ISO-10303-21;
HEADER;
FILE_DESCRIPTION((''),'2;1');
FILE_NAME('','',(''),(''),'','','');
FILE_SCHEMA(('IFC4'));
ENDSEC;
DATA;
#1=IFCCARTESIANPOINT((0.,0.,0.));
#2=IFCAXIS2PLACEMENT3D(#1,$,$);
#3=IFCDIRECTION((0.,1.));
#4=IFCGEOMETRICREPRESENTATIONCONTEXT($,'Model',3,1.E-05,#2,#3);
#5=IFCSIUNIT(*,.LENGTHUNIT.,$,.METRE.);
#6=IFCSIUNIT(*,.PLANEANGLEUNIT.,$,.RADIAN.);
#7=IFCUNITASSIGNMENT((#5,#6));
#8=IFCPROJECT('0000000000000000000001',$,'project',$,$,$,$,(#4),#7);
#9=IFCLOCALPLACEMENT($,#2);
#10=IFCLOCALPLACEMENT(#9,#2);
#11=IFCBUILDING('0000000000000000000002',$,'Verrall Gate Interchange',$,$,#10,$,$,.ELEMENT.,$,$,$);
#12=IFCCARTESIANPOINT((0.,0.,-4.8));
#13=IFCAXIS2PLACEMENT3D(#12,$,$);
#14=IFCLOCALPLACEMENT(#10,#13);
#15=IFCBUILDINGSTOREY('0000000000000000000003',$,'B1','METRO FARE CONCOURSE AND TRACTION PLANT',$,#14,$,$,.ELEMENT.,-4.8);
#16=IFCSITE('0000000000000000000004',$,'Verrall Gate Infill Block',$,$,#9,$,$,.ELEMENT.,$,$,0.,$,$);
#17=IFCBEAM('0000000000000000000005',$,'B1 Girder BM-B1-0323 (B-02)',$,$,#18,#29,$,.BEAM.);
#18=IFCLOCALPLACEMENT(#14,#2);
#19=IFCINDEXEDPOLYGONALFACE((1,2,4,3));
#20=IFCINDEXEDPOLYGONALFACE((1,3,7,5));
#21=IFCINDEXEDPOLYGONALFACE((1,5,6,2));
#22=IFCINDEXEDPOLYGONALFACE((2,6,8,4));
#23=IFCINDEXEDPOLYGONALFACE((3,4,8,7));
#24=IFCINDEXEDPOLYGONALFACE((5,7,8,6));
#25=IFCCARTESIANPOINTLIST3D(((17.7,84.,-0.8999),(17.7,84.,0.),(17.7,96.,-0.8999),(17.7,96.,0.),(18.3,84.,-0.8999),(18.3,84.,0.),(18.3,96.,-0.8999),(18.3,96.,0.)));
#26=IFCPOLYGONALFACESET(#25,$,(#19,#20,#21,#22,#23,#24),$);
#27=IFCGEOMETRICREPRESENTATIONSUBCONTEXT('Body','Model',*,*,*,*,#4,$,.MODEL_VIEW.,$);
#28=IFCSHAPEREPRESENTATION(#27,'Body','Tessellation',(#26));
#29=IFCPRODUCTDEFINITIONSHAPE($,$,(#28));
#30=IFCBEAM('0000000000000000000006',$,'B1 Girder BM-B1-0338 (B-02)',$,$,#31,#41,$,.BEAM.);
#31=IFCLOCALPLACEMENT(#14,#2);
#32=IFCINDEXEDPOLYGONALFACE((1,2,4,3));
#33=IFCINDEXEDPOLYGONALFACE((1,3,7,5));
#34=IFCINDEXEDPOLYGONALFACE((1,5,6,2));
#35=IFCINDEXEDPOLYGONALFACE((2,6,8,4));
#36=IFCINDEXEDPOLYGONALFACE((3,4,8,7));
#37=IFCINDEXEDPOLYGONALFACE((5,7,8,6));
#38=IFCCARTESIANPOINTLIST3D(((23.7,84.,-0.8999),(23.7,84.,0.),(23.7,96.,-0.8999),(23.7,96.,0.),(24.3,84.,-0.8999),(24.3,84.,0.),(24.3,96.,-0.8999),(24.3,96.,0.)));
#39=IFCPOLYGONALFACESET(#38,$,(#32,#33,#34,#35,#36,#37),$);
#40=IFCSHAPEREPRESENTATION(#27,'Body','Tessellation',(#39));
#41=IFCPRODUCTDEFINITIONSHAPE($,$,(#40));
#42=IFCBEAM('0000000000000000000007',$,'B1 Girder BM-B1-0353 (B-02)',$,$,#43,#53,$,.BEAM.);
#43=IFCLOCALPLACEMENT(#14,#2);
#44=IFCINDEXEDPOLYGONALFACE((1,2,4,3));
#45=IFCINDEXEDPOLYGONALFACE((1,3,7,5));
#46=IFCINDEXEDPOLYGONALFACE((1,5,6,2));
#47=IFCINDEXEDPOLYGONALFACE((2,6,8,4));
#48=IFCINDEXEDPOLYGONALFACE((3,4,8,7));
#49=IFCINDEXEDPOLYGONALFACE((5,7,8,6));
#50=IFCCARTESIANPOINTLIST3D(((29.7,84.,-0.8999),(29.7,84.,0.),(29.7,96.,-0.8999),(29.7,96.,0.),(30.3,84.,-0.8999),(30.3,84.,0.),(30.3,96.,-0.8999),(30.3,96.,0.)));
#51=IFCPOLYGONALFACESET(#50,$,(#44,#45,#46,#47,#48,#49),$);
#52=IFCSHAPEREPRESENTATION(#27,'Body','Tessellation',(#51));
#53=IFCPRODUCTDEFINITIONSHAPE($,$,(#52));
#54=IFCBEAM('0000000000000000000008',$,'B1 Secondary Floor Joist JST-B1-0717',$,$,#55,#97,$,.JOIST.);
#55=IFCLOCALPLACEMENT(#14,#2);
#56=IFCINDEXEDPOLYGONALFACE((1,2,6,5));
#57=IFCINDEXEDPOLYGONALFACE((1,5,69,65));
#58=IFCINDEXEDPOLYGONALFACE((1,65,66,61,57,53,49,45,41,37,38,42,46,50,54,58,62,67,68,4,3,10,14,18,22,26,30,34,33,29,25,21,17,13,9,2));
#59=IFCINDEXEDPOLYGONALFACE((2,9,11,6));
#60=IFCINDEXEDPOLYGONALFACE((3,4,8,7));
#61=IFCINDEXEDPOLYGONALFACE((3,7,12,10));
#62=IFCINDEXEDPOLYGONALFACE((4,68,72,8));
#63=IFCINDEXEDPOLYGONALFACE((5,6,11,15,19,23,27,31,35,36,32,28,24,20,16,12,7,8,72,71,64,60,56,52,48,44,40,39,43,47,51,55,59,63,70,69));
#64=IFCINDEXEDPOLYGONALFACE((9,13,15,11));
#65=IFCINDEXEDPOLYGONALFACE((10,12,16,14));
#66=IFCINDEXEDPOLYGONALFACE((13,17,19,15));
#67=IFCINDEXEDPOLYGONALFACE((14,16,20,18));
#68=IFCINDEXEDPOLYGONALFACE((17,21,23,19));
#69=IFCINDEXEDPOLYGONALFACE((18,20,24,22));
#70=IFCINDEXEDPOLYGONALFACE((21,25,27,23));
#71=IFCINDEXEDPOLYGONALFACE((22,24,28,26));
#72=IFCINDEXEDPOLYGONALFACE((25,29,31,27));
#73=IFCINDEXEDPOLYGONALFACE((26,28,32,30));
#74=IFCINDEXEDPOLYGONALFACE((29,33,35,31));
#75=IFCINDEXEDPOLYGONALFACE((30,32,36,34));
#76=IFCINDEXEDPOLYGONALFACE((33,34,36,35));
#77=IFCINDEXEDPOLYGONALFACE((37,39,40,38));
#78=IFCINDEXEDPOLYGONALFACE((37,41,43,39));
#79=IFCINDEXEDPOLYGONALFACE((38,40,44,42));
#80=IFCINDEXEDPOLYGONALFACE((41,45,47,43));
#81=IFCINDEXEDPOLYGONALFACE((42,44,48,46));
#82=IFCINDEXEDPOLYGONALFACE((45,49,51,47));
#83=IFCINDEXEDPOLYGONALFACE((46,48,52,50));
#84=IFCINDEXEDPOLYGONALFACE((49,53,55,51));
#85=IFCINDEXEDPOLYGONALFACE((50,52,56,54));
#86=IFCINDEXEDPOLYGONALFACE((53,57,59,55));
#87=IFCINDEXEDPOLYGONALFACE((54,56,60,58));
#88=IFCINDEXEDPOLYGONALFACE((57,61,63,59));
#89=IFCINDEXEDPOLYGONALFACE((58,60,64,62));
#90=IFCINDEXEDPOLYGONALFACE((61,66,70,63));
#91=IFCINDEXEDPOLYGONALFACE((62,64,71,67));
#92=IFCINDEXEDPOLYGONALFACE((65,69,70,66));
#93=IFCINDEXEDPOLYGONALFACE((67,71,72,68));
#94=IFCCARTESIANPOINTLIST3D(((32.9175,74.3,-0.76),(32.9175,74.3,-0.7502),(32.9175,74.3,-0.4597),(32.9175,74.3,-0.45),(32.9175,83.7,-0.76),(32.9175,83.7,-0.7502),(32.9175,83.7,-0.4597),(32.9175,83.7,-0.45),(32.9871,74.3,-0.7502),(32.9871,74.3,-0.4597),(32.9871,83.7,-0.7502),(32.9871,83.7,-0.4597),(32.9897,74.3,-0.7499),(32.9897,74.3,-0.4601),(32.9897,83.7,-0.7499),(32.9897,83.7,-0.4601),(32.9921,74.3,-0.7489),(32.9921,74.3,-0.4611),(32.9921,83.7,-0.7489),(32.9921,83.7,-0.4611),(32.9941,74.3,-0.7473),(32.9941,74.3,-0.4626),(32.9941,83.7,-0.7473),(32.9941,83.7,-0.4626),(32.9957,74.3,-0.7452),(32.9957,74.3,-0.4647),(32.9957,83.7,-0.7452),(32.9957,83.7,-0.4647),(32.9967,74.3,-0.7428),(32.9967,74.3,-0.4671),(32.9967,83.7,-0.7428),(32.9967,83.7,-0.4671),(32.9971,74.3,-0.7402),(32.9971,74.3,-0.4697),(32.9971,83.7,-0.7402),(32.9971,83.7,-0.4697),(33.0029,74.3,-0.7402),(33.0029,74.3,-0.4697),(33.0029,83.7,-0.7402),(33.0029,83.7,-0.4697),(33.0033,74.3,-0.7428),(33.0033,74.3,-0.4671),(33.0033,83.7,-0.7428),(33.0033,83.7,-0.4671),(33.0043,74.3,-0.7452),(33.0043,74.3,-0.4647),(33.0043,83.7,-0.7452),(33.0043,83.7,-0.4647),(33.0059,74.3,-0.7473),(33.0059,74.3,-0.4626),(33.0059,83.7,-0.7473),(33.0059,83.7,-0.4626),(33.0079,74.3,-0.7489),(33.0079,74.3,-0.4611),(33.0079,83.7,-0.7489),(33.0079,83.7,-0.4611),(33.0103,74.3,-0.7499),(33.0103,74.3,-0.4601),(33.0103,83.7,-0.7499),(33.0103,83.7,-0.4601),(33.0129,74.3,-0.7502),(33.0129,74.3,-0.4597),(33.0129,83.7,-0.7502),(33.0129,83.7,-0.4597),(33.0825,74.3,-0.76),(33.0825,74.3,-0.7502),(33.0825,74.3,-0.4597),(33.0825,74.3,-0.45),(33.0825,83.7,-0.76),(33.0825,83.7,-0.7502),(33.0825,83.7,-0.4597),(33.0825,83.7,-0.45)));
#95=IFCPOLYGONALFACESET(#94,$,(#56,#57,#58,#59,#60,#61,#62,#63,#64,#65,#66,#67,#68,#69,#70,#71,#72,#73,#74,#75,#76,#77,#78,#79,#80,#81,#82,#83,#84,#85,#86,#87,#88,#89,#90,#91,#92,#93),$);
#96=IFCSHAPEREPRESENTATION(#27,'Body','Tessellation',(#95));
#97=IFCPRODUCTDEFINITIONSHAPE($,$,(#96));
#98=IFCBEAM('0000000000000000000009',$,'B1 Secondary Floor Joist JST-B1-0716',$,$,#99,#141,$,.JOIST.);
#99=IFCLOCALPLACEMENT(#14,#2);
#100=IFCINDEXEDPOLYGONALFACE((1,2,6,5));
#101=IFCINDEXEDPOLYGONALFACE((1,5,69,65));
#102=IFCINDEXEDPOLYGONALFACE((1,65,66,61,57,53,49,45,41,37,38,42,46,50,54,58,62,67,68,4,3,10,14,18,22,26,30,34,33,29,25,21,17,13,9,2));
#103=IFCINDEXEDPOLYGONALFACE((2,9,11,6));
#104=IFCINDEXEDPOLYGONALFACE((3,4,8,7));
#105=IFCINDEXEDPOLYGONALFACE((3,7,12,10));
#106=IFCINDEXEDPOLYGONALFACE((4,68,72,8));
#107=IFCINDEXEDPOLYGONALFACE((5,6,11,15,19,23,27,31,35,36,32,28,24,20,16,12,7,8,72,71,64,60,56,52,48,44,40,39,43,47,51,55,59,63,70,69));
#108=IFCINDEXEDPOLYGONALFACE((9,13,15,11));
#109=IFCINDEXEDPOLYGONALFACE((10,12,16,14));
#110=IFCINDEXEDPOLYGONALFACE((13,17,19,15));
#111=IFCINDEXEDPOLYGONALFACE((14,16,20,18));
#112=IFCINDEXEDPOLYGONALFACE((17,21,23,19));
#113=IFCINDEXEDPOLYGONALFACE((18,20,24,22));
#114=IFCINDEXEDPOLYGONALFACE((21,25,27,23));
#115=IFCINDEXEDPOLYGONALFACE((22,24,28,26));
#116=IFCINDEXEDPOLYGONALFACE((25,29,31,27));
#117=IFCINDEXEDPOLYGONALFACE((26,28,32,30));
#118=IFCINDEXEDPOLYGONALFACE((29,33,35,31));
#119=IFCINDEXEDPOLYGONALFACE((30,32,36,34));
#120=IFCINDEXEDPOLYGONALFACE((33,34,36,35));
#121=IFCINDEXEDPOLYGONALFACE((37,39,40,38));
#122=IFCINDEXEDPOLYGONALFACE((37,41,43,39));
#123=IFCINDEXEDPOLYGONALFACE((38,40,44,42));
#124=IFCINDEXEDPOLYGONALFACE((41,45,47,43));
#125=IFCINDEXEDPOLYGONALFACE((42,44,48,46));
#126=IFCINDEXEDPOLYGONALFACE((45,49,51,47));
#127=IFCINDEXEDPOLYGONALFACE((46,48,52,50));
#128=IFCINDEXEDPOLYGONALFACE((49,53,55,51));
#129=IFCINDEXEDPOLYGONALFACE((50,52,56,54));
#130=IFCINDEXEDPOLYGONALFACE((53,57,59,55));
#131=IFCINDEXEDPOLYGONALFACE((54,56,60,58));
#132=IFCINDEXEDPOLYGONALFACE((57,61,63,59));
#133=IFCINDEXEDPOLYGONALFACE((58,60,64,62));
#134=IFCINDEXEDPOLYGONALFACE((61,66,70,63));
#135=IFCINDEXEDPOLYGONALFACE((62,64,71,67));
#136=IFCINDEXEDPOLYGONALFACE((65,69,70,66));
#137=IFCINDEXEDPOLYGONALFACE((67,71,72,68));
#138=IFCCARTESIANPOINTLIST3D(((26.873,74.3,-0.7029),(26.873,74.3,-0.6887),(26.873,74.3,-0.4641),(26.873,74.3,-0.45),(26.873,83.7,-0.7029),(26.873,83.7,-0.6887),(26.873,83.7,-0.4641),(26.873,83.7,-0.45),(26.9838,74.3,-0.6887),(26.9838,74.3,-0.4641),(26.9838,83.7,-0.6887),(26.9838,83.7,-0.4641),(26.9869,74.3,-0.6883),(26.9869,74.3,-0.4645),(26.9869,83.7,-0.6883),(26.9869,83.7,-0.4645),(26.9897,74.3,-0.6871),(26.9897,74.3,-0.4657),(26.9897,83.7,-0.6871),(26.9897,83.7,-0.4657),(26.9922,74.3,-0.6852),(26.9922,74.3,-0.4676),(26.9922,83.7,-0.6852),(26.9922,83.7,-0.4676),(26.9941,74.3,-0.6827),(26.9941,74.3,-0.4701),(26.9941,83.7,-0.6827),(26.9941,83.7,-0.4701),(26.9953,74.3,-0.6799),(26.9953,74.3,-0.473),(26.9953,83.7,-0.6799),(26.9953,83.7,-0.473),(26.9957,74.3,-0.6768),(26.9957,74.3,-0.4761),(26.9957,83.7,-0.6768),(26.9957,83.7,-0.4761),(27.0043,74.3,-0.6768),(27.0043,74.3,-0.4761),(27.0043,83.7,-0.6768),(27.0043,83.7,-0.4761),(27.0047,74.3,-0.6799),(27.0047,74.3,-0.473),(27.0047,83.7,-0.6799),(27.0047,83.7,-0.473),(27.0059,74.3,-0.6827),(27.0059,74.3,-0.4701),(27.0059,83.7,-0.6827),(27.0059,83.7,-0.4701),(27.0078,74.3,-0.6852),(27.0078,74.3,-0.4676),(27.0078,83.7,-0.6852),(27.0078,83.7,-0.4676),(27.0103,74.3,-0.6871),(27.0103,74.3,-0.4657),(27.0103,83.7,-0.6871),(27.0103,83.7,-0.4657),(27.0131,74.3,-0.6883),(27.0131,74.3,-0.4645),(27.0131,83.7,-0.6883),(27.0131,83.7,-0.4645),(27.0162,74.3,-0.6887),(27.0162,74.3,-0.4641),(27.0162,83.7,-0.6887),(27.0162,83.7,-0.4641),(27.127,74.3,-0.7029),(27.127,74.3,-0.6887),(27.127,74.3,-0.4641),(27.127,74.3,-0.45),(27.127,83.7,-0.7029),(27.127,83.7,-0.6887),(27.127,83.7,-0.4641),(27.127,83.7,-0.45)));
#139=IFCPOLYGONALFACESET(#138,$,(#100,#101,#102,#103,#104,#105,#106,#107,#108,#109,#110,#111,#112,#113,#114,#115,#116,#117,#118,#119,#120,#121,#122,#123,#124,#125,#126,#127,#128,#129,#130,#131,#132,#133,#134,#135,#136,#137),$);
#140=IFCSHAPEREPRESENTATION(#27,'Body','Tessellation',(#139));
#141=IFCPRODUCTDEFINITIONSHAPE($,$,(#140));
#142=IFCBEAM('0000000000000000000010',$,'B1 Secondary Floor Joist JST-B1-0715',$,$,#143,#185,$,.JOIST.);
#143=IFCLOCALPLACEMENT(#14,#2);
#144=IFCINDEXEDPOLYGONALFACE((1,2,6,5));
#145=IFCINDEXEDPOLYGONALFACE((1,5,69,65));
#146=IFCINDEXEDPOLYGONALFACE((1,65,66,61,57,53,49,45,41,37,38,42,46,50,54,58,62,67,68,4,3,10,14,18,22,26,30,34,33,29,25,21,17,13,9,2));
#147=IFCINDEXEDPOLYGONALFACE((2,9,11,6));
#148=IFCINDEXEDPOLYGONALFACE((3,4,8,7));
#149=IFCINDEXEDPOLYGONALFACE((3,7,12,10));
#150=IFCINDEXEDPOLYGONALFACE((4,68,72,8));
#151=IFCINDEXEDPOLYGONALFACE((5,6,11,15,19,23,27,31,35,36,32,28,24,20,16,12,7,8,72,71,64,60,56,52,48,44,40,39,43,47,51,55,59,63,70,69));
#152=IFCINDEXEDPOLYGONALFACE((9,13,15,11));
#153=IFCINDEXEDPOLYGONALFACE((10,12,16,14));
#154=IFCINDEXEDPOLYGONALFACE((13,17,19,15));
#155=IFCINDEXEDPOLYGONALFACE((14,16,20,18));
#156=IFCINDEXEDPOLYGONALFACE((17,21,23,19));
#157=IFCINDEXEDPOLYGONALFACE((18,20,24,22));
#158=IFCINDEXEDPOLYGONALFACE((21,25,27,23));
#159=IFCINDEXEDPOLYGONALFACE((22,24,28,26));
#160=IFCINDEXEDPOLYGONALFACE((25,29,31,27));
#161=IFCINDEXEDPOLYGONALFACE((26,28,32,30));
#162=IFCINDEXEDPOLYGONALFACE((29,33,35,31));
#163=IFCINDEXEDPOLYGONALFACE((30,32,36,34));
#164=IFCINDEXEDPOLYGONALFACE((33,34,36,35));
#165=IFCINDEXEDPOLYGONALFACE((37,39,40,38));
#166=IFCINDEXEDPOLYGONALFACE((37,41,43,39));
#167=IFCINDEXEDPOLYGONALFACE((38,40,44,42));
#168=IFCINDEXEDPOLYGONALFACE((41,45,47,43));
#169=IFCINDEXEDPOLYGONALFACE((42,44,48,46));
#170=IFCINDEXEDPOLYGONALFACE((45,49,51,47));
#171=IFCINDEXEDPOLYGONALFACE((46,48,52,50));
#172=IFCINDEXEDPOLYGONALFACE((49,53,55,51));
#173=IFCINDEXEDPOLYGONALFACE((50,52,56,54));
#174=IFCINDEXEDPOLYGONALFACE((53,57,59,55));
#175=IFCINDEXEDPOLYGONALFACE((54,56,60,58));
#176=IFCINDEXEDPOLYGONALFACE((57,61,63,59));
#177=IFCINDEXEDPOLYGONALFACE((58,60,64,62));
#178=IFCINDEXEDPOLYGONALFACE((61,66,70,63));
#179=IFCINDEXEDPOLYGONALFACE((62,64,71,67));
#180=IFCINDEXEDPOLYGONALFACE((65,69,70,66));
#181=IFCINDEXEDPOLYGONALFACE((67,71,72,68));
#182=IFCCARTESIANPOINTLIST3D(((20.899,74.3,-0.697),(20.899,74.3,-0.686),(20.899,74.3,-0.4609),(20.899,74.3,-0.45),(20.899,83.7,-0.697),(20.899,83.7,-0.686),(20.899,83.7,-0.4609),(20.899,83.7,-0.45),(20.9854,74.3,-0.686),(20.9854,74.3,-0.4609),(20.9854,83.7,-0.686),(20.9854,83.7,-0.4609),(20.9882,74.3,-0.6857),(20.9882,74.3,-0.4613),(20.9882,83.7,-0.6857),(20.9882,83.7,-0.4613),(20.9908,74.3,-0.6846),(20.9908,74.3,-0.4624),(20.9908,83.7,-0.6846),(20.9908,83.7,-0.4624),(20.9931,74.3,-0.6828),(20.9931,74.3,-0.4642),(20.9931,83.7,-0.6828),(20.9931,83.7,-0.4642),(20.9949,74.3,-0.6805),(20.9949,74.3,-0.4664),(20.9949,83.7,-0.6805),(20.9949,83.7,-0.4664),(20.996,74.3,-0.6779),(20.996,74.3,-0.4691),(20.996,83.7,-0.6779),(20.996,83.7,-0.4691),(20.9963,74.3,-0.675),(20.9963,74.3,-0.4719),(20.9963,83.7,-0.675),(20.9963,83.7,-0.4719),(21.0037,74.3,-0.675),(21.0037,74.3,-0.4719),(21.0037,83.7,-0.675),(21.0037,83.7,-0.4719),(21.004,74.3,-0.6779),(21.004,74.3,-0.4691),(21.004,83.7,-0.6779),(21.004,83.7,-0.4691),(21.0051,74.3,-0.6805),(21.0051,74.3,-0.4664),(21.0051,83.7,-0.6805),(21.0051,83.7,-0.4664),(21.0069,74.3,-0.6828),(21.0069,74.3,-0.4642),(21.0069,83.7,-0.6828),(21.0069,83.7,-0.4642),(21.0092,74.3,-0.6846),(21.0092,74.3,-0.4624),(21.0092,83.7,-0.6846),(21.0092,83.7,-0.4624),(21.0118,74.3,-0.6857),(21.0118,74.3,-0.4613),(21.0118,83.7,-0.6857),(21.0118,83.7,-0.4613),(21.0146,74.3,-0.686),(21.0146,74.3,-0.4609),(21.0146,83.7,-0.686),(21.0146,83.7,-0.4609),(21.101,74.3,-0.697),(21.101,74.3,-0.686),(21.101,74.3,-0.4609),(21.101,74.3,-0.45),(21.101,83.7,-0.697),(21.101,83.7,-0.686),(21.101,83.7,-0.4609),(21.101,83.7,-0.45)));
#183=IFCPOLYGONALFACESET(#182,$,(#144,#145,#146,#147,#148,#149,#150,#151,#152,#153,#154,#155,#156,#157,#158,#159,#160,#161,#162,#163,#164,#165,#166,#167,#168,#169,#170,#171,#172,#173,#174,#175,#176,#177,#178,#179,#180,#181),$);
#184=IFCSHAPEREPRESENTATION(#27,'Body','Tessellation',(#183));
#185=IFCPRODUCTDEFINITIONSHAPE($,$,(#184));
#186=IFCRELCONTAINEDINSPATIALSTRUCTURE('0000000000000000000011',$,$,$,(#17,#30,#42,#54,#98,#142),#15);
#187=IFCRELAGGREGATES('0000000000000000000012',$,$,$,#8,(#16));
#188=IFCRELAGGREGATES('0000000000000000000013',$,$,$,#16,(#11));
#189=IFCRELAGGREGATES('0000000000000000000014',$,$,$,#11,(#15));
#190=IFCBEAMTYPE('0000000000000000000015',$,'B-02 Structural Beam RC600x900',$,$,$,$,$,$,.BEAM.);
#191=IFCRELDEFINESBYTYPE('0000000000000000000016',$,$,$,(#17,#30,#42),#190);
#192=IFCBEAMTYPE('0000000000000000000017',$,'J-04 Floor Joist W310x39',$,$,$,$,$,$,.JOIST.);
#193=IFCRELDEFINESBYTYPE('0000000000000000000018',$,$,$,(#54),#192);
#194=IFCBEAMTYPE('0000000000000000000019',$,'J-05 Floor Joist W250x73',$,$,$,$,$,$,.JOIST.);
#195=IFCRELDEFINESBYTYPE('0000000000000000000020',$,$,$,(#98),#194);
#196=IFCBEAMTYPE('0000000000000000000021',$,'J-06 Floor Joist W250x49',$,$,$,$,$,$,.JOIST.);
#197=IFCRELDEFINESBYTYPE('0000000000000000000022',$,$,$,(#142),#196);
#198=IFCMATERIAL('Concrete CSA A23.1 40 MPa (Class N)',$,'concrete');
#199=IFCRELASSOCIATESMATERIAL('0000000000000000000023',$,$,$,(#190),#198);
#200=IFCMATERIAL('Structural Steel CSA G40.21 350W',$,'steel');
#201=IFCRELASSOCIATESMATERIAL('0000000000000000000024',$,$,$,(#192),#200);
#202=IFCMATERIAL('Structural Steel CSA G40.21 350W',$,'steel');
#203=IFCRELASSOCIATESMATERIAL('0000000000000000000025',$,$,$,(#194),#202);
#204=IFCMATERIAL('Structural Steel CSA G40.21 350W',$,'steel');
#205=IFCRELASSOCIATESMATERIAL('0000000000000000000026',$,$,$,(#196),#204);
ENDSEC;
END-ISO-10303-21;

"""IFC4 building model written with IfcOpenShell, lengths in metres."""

from ifc_helpers import new_model, si_unit, direction, frame, origin, origin_2d, place, context, subcontext, project, spatial, rectangle, i_section, extrude, material, material_profile, profile_set, type_object, element, save


model = new_model("IFC4")

# Units and contexts
model_context = context("Model", 3, precision=1e-05, world=origin(), true_north=direction((0.0, 1.0)))
body_context = subcontext(model_context, "Body", "Model", "MODEL_VIEW")
ifc_project = project(units=[si_unit("LENGTHUNIT", "METRE"), si_unit("PLANEANGLEUNIT", "RADIAN")], contexts=[model_context])

# Site, building, storey
site_placement = place(None, origin())
site = spatial("IfcSite", under=ifc_project, at=site_placement, Name="Verrall Gate Infill Block", CompositionType="ELEMENT", RefElevation=0.0)
building_placement = place(site_placement, origin())
building = spatial("IfcBuilding", under=site, at=building_placement, Name="Verrall Gate Interchange", CompositionType="ELEMENT")
storey_placement = place(building_placement, frame((0.0, 0.0, -4.8)))
storey = spatial("IfcBuildingStorey", under=building, at=storey_placement, Name="B1", Description="METRO FARE CONCOURSE AND TRACTION PLANT", CompositionType="ELEMENT", Elevation=-4.8)

# Beams
ifc_material_1 = material(Name="Concrete CSA A23.1 40 MPa (Class N)", Category="concrete")
ifc_material_profile_1 = material_profile(ifc_material_1, rectangle(XDim=0.6001, YDim=0.8999, at=origin_2d()), Name="RC600x900")
ifc_profile_set_1 = profile_set([ifc_material_profile_1], Name="Concrete CSA A23.1 40 MPa (Class N)")
beam_type_1 = type_object("IfcBeamType", Name="B-02 Structural Beam RC600x900", PredefinedType="BEAM", material=ifc_profile_set_1)
for number, where, z_axis, x_axis, name in (
    (1, (18.0, 84.0, -0.45), (0.0, 1.0, 0.0), (-1.0, 0.0, 0.0), "B1 Girder BM-B1-0323 (B-02)"),
    (2, (24.0, 84.0, -0.45), (0.0, 1.0, 0.0), (-1.0, 0.0, 0.0), "B1 Girder BM-B1-0338 (B-02)"),
    (3, (30.0, 84.0, -0.45), (0.0, 1.0, 0.0), (-1.0, 0.0, 0.0), "B1 Girder BM-B1-0353 (B-02)"),
):
    element("IfcBeam", number, at=place(storey_placement, frame(where, z_axis=z_axis, x_axis=x_axis)), inside=storey, type_object=beam_type_1, Name=name, PredefinedType="BEAM", context=body_context, shape_type="SweptSolid", body=[
        extrude(rectangle(XDim=0.6001, YDim=0.8999, at=origin_2d()), origin(), (0.0, 0.0, 1.0), 12.0),
    ])
ifc_material_2 = material(Name="Structural Steel CSA G40.21 350W", Category="steel")
ifc_material_profile_2 = material_profile(ifc_material_2, i_section(OverallWidth=0.165, OverallDepth=0.3101, WebThickness=0.0059, FlangeThickness=0.0098, FilletRadius=0.01, at=origin_2d()), Name="W310x39")
ifc_profile_set_2 = profile_set([ifc_material_profile_2], Name="Structural Steel CSA G40.21 350W")
beam_type_2 = type_object("IfcBeamType", Name="J-04 Floor Joist W310x39", PredefinedType="JOIST", material=ifc_profile_set_2)
beam_1_placement = place(storey_placement, frame((33.0, 74.3, -0.605), z_axis=(0.0, 1.0, 0.0), x_axis=(-1.0, 0.0, 0.0)))
element("IfcBeam", 4, at=beam_1_placement, inside=storey, type_object=beam_type_2, Name="B1 Secondary Floor Joist JST-B1-0717", PredefinedType="JOIST", context=body_context, shape_type="SweptSolid", body=[
    extrude(i_section(OverallWidth=0.165, OverallDepth=0.3101, WebThickness=0.0059, FlangeThickness=0.0098, FilletRadius=0.01, at=origin_2d()), origin(), (0.0, 0.0, 1.0), 9.3999),
])
ifc_material_3 = material(Name="Structural Steel CSA G40.21 350W", Category="steel")
ifc_material_profile_3 = material_profile(ifc_material_3, i_section(OverallWidth=0.2539, OverallDepth=0.2529, WebThickness=0.0085, FlangeThickness=0.0142, FilletRadius=0.012, at=origin_2d()), Name="W250x73")
ifc_profile_set_3 = profile_set([ifc_material_profile_3], Name="Structural Steel CSA G40.21 350W")
beam_type_3 = type_object("IfcBeamType", Name="J-05 Floor Joist W250x73", PredefinedType="JOIST", material=ifc_profile_set_3)
beam_2_placement = place(storey_placement, frame((27.0, 74.3, -0.5764), z_axis=(0.0, 1.0, 0.0), x_axis=(-1.0, 0.0, 0.0)))
element("IfcBeam", 5, at=beam_2_placement, inside=storey, type_object=beam_type_3, Name="B1 Secondary Floor Joist JST-B1-0716", PredefinedType="JOIST", context=body_context, shape_type="SweptSolid", body=[
    extrude(i_section(OverallWidth=0.2539, OverallDepth=0.2529, WebThickness=0.0085, FlangeThickness=0.0142, FilletRadius=0.012, at=origin_2d()), origin(), (0.0, 0.0, 1.0), 9.3999),
])
ifc_material_4 = material(Name="Structural Steel CSA G40.21 350W", Category="steel")
ifc_material_profile_4 = material_profile(ifc_material_4, i_section(OverallWidth=0.2019, OverallDepth=0.2471, WebThickness=0.0073, FlangeThickness=0.011, FilletRadius=0.011, at=origin_2d()), Name="W250x49")
ifc_profile_set_4 = profile_set([ifc_material_profile_4], Name="Structural Steel CSA G40.21 350W")
beam_type_4 = type_object("IfcBeamType", Name="J-06 Floor Joist W250x49", PredefinedType="JOIST", material=ifc_profile_set_4)
beam_3_placement = place(storey_placement, frame((21.0, 74.3, -0.5735), z_axis=(0.0, 1.0, 0.0), x_axis=(-1.0, 0.0, 0.0)))
element("IfcBeam", 6, at=beam_3_placement, inside=storey, type_object=beam_type_4, Name="B1 Secondary Floor Joist JST-B1-0715", PredefinedType="JOIST", context=body_context, shape_type="SweptSolid", body=[
    extrude(i_section(OverallWidth=0.2019, OverallDepth=0.2471, WebThickness=0.0073, FlangeThickness=0.011, FilletRadius=0.011, at=origin_2d()), origin(), (0.0, 0.0, 1.0), 9.3999),
])

save(model, "model.ifc")
